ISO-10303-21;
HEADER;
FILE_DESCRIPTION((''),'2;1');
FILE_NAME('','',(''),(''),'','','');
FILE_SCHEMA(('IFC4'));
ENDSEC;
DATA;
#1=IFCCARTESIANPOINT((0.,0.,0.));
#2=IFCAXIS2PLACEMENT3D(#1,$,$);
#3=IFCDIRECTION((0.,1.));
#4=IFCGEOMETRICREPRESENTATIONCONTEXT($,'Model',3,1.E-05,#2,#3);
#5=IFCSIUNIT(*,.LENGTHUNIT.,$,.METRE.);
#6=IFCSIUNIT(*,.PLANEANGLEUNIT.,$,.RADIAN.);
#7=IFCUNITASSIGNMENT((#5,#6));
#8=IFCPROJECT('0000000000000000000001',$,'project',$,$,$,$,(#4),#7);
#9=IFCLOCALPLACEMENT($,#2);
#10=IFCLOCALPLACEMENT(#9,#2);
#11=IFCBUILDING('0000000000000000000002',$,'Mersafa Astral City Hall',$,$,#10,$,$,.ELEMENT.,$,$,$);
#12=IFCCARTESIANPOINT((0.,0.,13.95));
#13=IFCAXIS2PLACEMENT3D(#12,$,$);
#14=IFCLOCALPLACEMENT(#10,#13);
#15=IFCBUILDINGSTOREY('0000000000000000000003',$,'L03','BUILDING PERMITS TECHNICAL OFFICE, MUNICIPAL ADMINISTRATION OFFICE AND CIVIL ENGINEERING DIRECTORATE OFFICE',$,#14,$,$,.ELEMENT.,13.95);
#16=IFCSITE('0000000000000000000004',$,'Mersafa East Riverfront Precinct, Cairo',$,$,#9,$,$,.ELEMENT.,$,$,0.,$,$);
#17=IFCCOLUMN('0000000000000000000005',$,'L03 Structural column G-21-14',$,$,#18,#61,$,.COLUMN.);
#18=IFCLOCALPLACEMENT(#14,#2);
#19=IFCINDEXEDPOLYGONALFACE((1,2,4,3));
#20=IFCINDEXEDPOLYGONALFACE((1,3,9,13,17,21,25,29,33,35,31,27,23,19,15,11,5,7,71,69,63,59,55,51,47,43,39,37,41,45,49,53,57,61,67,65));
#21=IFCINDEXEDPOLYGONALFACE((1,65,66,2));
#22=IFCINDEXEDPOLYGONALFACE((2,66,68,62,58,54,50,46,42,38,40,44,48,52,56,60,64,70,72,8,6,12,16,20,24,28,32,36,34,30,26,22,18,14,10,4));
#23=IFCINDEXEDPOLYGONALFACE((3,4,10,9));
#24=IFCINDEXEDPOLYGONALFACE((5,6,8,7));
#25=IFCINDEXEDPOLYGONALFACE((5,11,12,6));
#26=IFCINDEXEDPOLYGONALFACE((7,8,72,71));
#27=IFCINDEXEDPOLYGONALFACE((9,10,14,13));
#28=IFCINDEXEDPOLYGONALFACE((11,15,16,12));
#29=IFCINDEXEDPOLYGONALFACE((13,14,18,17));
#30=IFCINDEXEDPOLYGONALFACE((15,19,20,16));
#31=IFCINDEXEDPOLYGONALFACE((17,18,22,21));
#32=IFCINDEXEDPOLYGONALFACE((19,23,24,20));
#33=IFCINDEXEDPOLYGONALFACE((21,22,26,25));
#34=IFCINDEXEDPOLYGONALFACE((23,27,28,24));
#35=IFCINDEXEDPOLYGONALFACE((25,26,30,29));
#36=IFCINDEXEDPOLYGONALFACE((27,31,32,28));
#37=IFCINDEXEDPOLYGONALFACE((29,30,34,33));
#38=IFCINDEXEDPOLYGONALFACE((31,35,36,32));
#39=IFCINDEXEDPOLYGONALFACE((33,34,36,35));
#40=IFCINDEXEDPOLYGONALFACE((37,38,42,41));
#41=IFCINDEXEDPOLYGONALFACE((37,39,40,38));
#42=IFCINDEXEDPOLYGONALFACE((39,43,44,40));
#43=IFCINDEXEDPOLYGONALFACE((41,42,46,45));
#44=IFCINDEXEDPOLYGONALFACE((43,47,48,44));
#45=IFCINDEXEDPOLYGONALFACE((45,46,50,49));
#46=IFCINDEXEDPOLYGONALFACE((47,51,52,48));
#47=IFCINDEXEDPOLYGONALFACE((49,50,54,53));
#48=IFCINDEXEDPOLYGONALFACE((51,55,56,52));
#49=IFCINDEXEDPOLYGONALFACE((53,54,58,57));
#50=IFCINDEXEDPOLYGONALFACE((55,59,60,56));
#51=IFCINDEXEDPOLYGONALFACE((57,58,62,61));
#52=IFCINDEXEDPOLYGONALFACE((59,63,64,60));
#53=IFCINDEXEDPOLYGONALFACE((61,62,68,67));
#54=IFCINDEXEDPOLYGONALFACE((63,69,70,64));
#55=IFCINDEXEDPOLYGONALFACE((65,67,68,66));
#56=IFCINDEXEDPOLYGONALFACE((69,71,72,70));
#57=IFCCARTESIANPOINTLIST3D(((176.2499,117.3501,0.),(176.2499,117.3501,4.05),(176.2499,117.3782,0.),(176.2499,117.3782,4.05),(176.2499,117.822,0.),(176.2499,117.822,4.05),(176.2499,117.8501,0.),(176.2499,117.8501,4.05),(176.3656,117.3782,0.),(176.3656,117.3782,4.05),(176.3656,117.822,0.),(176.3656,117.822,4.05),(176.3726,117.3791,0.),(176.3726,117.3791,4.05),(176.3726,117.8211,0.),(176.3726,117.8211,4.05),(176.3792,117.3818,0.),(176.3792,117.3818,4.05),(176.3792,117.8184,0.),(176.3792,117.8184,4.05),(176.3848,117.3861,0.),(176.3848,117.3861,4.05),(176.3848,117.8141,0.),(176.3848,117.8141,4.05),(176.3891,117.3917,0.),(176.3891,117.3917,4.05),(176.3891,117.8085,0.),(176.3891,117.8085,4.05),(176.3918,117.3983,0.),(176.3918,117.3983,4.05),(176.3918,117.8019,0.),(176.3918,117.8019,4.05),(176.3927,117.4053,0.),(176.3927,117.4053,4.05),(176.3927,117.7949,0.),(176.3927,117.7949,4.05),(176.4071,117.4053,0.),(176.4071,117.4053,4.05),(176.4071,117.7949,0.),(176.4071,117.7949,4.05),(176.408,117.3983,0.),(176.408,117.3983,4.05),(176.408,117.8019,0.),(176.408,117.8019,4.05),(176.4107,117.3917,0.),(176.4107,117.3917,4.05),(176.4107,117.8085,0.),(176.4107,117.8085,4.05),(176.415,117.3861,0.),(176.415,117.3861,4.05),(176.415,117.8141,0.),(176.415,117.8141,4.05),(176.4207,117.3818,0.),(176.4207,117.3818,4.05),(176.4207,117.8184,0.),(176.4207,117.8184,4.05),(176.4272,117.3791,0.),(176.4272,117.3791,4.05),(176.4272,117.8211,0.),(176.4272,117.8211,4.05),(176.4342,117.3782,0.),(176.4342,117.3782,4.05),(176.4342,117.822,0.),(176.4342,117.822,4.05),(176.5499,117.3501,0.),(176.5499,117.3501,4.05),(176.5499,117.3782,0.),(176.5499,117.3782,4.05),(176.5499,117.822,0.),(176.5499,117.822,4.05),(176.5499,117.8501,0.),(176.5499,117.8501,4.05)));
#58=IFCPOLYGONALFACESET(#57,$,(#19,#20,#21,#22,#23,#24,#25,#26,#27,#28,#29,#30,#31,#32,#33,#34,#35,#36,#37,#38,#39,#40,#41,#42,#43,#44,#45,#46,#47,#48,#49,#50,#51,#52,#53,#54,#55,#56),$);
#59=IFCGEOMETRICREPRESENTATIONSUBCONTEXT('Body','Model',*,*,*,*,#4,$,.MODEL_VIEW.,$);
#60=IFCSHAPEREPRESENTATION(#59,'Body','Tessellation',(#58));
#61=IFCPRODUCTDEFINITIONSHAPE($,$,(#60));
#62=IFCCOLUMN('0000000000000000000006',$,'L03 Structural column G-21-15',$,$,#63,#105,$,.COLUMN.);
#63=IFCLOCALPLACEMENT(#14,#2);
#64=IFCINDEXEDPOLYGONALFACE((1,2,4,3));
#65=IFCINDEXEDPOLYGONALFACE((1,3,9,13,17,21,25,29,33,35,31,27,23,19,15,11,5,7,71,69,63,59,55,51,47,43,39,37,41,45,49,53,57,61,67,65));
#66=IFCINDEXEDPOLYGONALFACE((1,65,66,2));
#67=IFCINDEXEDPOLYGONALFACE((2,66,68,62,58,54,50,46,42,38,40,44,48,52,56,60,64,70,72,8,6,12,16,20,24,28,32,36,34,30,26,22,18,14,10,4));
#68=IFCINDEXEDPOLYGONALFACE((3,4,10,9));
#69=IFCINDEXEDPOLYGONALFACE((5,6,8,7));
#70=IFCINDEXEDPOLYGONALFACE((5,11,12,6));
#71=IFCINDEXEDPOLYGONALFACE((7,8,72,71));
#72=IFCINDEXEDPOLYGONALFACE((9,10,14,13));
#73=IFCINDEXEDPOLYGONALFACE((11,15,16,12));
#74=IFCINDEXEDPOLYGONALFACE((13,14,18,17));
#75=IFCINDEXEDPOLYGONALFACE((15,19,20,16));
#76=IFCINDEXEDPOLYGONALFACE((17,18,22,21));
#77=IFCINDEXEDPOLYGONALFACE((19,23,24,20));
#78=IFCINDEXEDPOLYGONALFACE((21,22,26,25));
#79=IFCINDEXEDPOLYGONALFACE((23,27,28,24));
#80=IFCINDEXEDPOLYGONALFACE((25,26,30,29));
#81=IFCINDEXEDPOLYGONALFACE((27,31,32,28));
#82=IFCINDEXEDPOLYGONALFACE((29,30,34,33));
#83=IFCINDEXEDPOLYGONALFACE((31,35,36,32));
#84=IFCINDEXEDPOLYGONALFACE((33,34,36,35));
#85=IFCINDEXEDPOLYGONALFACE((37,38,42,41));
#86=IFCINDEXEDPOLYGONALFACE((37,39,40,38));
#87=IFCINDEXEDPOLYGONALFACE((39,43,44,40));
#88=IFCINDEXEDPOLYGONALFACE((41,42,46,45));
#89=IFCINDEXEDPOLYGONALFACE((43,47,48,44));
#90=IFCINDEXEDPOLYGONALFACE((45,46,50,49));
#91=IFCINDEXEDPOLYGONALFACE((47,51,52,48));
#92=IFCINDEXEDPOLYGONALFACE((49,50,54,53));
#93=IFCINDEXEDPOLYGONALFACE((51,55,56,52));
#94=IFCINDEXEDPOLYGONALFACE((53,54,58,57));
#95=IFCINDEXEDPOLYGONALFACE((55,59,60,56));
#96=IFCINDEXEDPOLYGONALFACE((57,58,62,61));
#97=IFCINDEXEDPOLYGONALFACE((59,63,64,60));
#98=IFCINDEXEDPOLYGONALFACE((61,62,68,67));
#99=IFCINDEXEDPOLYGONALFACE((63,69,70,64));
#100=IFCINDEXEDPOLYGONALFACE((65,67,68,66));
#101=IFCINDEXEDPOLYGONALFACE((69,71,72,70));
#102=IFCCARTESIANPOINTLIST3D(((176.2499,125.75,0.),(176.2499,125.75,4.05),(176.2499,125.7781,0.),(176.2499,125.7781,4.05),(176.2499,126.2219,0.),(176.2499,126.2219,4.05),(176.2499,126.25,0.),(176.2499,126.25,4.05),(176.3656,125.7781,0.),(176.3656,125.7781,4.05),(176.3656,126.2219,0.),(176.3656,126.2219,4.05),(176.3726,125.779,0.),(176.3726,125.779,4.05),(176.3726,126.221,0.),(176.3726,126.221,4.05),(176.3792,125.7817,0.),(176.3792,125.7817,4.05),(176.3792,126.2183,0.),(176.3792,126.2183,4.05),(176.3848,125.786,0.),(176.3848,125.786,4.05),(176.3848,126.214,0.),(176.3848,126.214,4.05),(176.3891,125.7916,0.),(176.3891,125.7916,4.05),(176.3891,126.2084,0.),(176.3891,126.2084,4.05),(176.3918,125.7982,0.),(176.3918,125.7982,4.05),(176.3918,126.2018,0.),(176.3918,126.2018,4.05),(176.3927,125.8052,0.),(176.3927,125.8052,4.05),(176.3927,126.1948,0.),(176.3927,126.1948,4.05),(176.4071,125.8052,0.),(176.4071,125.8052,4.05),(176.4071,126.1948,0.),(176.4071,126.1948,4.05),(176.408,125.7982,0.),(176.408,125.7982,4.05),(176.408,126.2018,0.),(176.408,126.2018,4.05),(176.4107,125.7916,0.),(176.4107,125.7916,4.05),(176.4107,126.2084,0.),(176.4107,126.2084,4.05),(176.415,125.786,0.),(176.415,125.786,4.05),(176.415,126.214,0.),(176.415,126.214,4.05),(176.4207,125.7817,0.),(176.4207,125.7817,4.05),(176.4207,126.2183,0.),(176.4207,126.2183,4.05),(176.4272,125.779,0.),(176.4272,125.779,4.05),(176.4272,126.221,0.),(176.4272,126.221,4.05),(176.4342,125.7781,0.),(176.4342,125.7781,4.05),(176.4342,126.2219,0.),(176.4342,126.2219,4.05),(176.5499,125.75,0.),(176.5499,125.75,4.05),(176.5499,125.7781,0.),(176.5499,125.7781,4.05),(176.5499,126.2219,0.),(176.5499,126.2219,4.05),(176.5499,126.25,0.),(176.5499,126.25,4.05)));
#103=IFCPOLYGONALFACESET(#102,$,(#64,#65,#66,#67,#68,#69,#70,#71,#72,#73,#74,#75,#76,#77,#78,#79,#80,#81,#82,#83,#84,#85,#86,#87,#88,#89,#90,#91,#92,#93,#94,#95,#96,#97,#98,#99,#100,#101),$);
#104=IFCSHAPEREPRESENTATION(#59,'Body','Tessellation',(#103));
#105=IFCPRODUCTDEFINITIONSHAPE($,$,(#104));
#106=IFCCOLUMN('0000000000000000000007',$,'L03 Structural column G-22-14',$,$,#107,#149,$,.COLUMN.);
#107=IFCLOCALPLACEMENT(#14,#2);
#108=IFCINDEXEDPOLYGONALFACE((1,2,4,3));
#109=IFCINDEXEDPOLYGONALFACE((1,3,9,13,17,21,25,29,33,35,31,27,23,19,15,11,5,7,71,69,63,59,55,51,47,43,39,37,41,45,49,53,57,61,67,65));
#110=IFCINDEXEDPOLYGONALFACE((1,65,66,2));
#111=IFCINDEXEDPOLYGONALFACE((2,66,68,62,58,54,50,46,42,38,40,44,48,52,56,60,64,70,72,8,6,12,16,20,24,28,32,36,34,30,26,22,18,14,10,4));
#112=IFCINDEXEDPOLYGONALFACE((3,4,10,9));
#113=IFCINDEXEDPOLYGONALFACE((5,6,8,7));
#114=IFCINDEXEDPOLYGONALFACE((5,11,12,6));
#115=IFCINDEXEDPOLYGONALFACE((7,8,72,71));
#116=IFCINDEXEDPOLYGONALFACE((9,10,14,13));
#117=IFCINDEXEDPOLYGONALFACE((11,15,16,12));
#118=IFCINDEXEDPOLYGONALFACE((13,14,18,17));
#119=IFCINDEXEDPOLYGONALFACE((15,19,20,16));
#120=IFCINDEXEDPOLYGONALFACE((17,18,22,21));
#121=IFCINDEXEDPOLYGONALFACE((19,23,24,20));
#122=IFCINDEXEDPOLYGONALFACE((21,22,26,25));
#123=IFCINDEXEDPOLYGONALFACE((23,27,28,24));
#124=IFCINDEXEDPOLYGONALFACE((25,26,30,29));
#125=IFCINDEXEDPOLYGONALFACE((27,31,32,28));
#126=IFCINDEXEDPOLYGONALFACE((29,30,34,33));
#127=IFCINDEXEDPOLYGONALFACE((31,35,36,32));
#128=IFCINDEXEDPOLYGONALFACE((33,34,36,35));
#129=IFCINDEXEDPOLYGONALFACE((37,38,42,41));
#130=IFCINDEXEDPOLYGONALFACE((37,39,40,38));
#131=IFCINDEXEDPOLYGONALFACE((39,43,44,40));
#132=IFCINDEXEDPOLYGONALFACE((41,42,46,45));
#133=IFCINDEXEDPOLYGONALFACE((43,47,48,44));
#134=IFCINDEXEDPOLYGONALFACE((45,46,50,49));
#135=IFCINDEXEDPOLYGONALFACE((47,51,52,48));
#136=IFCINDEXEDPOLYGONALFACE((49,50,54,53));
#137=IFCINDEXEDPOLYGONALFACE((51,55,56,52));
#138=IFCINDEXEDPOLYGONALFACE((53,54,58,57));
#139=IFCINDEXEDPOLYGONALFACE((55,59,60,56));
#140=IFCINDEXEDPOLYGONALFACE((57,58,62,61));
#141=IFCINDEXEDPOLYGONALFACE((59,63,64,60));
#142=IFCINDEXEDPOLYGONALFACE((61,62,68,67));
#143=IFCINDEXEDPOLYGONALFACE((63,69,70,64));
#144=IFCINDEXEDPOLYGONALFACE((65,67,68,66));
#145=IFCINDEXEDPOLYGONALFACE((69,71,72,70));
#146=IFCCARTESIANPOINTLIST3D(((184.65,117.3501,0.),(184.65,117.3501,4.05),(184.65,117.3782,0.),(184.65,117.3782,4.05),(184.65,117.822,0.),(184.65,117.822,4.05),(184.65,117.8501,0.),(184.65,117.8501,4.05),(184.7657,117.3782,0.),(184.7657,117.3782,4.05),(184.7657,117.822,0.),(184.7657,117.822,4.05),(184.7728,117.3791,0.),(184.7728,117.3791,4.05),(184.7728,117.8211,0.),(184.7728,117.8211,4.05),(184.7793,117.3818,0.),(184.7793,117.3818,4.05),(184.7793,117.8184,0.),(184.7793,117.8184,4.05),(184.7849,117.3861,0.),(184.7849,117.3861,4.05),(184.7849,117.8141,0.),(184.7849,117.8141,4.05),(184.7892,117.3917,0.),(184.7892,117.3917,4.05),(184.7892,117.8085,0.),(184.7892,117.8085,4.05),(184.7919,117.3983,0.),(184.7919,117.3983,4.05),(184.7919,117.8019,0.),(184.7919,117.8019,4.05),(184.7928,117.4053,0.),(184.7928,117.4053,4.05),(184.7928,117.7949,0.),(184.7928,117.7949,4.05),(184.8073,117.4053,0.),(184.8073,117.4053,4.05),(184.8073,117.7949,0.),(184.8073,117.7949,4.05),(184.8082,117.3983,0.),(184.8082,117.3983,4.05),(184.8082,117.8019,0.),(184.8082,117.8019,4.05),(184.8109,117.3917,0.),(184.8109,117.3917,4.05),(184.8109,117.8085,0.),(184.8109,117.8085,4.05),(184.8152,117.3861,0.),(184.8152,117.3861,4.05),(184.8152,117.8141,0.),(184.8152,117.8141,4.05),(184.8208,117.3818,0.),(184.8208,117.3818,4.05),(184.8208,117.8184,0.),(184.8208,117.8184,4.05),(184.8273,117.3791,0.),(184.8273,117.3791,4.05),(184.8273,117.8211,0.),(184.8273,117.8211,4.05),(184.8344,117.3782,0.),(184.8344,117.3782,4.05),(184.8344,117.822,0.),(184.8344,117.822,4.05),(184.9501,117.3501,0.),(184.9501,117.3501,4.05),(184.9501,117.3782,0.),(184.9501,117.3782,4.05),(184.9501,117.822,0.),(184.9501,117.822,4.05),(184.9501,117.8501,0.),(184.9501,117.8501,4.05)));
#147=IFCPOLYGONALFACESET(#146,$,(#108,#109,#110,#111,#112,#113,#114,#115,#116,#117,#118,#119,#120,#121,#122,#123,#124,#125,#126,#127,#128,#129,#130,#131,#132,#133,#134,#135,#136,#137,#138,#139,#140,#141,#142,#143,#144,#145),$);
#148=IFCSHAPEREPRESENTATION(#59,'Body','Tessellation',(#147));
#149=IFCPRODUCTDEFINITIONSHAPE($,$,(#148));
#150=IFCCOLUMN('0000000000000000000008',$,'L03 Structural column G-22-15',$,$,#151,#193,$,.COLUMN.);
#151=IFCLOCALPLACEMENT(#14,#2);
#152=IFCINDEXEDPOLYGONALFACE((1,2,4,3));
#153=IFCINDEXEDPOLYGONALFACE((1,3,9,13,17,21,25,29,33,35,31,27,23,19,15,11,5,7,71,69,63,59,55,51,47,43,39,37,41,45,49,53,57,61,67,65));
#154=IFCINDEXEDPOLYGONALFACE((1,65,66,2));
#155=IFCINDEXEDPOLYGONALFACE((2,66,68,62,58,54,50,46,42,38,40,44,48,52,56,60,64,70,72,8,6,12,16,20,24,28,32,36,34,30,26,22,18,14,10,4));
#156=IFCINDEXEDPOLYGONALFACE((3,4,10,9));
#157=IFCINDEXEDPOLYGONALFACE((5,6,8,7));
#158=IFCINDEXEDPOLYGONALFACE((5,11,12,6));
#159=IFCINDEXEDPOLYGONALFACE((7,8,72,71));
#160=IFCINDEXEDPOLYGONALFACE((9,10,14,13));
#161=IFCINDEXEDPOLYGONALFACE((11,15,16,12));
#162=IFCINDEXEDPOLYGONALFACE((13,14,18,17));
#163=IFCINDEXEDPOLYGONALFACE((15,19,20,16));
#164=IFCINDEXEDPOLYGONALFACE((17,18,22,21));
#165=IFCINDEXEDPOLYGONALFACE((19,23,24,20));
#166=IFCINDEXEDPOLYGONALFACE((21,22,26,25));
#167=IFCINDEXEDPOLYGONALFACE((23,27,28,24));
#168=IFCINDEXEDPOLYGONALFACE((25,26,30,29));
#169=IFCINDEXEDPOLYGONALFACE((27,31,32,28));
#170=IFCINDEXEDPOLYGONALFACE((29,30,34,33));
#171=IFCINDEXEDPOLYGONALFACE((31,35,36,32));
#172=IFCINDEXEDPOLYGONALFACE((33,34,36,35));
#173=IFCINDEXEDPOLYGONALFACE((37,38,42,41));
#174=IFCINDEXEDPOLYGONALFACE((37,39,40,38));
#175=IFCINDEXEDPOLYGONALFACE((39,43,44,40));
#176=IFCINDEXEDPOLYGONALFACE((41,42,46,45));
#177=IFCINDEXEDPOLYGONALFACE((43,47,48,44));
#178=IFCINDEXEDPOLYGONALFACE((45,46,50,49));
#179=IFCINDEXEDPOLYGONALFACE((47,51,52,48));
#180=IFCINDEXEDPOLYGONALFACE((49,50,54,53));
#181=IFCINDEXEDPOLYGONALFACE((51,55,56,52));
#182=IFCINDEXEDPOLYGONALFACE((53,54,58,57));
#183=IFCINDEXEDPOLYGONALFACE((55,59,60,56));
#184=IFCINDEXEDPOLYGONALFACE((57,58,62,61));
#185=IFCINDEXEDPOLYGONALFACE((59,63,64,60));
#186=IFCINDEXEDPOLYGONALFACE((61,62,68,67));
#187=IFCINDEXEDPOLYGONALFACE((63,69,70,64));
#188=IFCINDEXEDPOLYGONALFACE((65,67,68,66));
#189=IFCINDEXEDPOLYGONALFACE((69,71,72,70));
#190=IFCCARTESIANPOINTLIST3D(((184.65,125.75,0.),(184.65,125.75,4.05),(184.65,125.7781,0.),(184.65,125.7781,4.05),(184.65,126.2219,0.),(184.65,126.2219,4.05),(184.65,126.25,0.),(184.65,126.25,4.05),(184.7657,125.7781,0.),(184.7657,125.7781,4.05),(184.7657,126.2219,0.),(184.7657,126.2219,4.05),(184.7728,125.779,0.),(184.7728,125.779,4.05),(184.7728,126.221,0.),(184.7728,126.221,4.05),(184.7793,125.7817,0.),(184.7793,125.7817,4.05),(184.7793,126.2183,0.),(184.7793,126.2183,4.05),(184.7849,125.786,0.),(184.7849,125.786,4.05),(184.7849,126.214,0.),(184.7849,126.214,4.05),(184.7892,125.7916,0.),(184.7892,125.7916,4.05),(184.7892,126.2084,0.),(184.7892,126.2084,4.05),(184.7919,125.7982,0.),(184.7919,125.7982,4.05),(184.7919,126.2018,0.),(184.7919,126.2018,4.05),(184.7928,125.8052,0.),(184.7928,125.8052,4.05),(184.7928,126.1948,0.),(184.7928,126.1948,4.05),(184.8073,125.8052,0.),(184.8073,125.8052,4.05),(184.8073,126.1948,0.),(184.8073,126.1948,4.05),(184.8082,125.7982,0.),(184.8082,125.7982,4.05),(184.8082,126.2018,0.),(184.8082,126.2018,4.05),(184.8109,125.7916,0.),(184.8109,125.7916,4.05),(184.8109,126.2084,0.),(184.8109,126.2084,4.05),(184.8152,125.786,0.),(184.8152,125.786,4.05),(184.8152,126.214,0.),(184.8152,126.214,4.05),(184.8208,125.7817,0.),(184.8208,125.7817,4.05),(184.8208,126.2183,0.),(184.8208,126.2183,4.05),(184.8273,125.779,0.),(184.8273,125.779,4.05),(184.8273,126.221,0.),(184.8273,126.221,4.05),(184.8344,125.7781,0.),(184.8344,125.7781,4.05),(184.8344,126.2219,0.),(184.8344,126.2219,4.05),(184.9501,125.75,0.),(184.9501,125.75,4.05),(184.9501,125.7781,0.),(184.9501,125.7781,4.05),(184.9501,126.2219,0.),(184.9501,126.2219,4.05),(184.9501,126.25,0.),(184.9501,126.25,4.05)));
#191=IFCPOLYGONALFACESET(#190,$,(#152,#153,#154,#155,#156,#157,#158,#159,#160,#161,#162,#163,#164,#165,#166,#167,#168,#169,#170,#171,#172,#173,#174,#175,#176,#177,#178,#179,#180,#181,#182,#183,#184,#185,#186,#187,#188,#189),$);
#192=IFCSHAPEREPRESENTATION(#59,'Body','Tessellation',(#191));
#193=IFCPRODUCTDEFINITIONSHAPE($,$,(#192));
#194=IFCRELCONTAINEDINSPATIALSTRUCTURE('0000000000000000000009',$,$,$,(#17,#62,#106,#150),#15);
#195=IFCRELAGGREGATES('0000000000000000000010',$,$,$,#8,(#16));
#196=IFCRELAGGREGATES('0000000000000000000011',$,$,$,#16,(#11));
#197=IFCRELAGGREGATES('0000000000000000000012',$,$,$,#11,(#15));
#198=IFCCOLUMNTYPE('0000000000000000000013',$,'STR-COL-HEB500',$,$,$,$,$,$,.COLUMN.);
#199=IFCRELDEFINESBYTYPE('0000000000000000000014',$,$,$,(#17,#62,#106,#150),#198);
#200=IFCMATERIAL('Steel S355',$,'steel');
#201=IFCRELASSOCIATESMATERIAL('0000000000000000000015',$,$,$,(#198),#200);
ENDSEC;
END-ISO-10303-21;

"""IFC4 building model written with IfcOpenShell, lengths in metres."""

from ifc_helpers import new_model, si_unit, direction, frame, origin, origin_2d, place, context, subcontext, project, spatial, i_section, extrude, material, material_profile, profile_set, type_object, element, save


model = new_model("IFC4")

# Units and contexts
model_context = context("Model", 3, precision=1e-05, world=origin(), true_north=direction((0.0, 1.0)))
body_context = subcontext(model_context, "Body", "Model", "MODEL_VIEW")
ifc_project = project(units=[si_unit("LENGTHUNIT", "METRE"), si_unit("PLANEANGLEUNIT", "RADIAN")], contexts=[model_context])

# Site, building, storey
site_placement = place(None, origin())
site = spatial("IfcSite", under=ifc_project, at=site_placement, Name="Mersafa East Riverfront Precinct, Cairo", CompositionType="ELEMENT", RefElevation=0.0)
building_placement = place(site_placement, origin())
building = spatial("IfcBuilding", under=site, at=building_placement, Name="Mersafa Astral City Hall", CompositionType="ELEMENT")
storey_placement = place(building_placement, frame((0.0, 0.0, 13.95)))
storey = spatial("IfcBuildingStorey", under=building, at=storey_placement, Name="L03", Description="BUILDING PERMITS TECHNICAL OFFICE, MUNICIPAL ADMINISTRATION OFFICE AND CIVIL ENGINEERING DIRECTORATE OFFICE", CompositionType="ELEMENT", Elevation=13.95)

# Columns
ifc_material_1 = material(Name="Steel S355", Category="steel")
ifc_material_profile_1 = material_profile(ifc_material_1, i_section(OverallWidth=0.3, OverallDepth=0.5, WebThickness=0.0144, FlangeThickness=0.0281, FilletRadius=0.0271, at=origin_2d()), Name="HEB 500")
ifc_profile_set_1 = profile_set([ifc_material_profile_1], Name="Steel S355")
column_type = type_object("IfcColumnType", Name="STR-COL-HEB500", PredefinedType="COLUMN", material=ifc_profile_set_1)
for number, where, z_axis, x_axis, name in (
    (1, (176.3999, 117.6001, 0.0), (0.0, 0.0, 1.0), (1.0, 0.0, 0.0), "L03 Structural column G-21-14"),
    (2, (176.3999, 126.0, 0.0), (0.0, 0.0, 1.0), (1.0, 0.0, 0.0), "L03 Structural column G-21-15"),
    (3, (184.8, 117.6001, 0.0), (0.0, 0.0, 1.0), (1.0, 0.0, 0.0), "L03 Structural column G-22-14"),
    (4, (184.8, 126.0, 0.0), (0.0, 0.0, 1.0), (1.0, 0.0, 0.0), "L03 Structural column G-22-15"),
):
    element("IfcColumn", number, at=place(storey_placement, frame(where, z_axis=z_axis, x_axis=x_axis)), inside=storey, type_object=column_type, Name=name, PredefinedType="COLUMN", context=body_context, shape_type="SweptSolid", body=[
        extrude(i_section(OverallWidth=0.3, OverallDepth=0.5, WebThickness=0.0144, FlangeThickness=0.0281, FilletRadius=0.0271, at=origin_2d()), origin(), (0.0, 0.0, 1.0), 4.05),
    ])

save(model, "model.ifc")
